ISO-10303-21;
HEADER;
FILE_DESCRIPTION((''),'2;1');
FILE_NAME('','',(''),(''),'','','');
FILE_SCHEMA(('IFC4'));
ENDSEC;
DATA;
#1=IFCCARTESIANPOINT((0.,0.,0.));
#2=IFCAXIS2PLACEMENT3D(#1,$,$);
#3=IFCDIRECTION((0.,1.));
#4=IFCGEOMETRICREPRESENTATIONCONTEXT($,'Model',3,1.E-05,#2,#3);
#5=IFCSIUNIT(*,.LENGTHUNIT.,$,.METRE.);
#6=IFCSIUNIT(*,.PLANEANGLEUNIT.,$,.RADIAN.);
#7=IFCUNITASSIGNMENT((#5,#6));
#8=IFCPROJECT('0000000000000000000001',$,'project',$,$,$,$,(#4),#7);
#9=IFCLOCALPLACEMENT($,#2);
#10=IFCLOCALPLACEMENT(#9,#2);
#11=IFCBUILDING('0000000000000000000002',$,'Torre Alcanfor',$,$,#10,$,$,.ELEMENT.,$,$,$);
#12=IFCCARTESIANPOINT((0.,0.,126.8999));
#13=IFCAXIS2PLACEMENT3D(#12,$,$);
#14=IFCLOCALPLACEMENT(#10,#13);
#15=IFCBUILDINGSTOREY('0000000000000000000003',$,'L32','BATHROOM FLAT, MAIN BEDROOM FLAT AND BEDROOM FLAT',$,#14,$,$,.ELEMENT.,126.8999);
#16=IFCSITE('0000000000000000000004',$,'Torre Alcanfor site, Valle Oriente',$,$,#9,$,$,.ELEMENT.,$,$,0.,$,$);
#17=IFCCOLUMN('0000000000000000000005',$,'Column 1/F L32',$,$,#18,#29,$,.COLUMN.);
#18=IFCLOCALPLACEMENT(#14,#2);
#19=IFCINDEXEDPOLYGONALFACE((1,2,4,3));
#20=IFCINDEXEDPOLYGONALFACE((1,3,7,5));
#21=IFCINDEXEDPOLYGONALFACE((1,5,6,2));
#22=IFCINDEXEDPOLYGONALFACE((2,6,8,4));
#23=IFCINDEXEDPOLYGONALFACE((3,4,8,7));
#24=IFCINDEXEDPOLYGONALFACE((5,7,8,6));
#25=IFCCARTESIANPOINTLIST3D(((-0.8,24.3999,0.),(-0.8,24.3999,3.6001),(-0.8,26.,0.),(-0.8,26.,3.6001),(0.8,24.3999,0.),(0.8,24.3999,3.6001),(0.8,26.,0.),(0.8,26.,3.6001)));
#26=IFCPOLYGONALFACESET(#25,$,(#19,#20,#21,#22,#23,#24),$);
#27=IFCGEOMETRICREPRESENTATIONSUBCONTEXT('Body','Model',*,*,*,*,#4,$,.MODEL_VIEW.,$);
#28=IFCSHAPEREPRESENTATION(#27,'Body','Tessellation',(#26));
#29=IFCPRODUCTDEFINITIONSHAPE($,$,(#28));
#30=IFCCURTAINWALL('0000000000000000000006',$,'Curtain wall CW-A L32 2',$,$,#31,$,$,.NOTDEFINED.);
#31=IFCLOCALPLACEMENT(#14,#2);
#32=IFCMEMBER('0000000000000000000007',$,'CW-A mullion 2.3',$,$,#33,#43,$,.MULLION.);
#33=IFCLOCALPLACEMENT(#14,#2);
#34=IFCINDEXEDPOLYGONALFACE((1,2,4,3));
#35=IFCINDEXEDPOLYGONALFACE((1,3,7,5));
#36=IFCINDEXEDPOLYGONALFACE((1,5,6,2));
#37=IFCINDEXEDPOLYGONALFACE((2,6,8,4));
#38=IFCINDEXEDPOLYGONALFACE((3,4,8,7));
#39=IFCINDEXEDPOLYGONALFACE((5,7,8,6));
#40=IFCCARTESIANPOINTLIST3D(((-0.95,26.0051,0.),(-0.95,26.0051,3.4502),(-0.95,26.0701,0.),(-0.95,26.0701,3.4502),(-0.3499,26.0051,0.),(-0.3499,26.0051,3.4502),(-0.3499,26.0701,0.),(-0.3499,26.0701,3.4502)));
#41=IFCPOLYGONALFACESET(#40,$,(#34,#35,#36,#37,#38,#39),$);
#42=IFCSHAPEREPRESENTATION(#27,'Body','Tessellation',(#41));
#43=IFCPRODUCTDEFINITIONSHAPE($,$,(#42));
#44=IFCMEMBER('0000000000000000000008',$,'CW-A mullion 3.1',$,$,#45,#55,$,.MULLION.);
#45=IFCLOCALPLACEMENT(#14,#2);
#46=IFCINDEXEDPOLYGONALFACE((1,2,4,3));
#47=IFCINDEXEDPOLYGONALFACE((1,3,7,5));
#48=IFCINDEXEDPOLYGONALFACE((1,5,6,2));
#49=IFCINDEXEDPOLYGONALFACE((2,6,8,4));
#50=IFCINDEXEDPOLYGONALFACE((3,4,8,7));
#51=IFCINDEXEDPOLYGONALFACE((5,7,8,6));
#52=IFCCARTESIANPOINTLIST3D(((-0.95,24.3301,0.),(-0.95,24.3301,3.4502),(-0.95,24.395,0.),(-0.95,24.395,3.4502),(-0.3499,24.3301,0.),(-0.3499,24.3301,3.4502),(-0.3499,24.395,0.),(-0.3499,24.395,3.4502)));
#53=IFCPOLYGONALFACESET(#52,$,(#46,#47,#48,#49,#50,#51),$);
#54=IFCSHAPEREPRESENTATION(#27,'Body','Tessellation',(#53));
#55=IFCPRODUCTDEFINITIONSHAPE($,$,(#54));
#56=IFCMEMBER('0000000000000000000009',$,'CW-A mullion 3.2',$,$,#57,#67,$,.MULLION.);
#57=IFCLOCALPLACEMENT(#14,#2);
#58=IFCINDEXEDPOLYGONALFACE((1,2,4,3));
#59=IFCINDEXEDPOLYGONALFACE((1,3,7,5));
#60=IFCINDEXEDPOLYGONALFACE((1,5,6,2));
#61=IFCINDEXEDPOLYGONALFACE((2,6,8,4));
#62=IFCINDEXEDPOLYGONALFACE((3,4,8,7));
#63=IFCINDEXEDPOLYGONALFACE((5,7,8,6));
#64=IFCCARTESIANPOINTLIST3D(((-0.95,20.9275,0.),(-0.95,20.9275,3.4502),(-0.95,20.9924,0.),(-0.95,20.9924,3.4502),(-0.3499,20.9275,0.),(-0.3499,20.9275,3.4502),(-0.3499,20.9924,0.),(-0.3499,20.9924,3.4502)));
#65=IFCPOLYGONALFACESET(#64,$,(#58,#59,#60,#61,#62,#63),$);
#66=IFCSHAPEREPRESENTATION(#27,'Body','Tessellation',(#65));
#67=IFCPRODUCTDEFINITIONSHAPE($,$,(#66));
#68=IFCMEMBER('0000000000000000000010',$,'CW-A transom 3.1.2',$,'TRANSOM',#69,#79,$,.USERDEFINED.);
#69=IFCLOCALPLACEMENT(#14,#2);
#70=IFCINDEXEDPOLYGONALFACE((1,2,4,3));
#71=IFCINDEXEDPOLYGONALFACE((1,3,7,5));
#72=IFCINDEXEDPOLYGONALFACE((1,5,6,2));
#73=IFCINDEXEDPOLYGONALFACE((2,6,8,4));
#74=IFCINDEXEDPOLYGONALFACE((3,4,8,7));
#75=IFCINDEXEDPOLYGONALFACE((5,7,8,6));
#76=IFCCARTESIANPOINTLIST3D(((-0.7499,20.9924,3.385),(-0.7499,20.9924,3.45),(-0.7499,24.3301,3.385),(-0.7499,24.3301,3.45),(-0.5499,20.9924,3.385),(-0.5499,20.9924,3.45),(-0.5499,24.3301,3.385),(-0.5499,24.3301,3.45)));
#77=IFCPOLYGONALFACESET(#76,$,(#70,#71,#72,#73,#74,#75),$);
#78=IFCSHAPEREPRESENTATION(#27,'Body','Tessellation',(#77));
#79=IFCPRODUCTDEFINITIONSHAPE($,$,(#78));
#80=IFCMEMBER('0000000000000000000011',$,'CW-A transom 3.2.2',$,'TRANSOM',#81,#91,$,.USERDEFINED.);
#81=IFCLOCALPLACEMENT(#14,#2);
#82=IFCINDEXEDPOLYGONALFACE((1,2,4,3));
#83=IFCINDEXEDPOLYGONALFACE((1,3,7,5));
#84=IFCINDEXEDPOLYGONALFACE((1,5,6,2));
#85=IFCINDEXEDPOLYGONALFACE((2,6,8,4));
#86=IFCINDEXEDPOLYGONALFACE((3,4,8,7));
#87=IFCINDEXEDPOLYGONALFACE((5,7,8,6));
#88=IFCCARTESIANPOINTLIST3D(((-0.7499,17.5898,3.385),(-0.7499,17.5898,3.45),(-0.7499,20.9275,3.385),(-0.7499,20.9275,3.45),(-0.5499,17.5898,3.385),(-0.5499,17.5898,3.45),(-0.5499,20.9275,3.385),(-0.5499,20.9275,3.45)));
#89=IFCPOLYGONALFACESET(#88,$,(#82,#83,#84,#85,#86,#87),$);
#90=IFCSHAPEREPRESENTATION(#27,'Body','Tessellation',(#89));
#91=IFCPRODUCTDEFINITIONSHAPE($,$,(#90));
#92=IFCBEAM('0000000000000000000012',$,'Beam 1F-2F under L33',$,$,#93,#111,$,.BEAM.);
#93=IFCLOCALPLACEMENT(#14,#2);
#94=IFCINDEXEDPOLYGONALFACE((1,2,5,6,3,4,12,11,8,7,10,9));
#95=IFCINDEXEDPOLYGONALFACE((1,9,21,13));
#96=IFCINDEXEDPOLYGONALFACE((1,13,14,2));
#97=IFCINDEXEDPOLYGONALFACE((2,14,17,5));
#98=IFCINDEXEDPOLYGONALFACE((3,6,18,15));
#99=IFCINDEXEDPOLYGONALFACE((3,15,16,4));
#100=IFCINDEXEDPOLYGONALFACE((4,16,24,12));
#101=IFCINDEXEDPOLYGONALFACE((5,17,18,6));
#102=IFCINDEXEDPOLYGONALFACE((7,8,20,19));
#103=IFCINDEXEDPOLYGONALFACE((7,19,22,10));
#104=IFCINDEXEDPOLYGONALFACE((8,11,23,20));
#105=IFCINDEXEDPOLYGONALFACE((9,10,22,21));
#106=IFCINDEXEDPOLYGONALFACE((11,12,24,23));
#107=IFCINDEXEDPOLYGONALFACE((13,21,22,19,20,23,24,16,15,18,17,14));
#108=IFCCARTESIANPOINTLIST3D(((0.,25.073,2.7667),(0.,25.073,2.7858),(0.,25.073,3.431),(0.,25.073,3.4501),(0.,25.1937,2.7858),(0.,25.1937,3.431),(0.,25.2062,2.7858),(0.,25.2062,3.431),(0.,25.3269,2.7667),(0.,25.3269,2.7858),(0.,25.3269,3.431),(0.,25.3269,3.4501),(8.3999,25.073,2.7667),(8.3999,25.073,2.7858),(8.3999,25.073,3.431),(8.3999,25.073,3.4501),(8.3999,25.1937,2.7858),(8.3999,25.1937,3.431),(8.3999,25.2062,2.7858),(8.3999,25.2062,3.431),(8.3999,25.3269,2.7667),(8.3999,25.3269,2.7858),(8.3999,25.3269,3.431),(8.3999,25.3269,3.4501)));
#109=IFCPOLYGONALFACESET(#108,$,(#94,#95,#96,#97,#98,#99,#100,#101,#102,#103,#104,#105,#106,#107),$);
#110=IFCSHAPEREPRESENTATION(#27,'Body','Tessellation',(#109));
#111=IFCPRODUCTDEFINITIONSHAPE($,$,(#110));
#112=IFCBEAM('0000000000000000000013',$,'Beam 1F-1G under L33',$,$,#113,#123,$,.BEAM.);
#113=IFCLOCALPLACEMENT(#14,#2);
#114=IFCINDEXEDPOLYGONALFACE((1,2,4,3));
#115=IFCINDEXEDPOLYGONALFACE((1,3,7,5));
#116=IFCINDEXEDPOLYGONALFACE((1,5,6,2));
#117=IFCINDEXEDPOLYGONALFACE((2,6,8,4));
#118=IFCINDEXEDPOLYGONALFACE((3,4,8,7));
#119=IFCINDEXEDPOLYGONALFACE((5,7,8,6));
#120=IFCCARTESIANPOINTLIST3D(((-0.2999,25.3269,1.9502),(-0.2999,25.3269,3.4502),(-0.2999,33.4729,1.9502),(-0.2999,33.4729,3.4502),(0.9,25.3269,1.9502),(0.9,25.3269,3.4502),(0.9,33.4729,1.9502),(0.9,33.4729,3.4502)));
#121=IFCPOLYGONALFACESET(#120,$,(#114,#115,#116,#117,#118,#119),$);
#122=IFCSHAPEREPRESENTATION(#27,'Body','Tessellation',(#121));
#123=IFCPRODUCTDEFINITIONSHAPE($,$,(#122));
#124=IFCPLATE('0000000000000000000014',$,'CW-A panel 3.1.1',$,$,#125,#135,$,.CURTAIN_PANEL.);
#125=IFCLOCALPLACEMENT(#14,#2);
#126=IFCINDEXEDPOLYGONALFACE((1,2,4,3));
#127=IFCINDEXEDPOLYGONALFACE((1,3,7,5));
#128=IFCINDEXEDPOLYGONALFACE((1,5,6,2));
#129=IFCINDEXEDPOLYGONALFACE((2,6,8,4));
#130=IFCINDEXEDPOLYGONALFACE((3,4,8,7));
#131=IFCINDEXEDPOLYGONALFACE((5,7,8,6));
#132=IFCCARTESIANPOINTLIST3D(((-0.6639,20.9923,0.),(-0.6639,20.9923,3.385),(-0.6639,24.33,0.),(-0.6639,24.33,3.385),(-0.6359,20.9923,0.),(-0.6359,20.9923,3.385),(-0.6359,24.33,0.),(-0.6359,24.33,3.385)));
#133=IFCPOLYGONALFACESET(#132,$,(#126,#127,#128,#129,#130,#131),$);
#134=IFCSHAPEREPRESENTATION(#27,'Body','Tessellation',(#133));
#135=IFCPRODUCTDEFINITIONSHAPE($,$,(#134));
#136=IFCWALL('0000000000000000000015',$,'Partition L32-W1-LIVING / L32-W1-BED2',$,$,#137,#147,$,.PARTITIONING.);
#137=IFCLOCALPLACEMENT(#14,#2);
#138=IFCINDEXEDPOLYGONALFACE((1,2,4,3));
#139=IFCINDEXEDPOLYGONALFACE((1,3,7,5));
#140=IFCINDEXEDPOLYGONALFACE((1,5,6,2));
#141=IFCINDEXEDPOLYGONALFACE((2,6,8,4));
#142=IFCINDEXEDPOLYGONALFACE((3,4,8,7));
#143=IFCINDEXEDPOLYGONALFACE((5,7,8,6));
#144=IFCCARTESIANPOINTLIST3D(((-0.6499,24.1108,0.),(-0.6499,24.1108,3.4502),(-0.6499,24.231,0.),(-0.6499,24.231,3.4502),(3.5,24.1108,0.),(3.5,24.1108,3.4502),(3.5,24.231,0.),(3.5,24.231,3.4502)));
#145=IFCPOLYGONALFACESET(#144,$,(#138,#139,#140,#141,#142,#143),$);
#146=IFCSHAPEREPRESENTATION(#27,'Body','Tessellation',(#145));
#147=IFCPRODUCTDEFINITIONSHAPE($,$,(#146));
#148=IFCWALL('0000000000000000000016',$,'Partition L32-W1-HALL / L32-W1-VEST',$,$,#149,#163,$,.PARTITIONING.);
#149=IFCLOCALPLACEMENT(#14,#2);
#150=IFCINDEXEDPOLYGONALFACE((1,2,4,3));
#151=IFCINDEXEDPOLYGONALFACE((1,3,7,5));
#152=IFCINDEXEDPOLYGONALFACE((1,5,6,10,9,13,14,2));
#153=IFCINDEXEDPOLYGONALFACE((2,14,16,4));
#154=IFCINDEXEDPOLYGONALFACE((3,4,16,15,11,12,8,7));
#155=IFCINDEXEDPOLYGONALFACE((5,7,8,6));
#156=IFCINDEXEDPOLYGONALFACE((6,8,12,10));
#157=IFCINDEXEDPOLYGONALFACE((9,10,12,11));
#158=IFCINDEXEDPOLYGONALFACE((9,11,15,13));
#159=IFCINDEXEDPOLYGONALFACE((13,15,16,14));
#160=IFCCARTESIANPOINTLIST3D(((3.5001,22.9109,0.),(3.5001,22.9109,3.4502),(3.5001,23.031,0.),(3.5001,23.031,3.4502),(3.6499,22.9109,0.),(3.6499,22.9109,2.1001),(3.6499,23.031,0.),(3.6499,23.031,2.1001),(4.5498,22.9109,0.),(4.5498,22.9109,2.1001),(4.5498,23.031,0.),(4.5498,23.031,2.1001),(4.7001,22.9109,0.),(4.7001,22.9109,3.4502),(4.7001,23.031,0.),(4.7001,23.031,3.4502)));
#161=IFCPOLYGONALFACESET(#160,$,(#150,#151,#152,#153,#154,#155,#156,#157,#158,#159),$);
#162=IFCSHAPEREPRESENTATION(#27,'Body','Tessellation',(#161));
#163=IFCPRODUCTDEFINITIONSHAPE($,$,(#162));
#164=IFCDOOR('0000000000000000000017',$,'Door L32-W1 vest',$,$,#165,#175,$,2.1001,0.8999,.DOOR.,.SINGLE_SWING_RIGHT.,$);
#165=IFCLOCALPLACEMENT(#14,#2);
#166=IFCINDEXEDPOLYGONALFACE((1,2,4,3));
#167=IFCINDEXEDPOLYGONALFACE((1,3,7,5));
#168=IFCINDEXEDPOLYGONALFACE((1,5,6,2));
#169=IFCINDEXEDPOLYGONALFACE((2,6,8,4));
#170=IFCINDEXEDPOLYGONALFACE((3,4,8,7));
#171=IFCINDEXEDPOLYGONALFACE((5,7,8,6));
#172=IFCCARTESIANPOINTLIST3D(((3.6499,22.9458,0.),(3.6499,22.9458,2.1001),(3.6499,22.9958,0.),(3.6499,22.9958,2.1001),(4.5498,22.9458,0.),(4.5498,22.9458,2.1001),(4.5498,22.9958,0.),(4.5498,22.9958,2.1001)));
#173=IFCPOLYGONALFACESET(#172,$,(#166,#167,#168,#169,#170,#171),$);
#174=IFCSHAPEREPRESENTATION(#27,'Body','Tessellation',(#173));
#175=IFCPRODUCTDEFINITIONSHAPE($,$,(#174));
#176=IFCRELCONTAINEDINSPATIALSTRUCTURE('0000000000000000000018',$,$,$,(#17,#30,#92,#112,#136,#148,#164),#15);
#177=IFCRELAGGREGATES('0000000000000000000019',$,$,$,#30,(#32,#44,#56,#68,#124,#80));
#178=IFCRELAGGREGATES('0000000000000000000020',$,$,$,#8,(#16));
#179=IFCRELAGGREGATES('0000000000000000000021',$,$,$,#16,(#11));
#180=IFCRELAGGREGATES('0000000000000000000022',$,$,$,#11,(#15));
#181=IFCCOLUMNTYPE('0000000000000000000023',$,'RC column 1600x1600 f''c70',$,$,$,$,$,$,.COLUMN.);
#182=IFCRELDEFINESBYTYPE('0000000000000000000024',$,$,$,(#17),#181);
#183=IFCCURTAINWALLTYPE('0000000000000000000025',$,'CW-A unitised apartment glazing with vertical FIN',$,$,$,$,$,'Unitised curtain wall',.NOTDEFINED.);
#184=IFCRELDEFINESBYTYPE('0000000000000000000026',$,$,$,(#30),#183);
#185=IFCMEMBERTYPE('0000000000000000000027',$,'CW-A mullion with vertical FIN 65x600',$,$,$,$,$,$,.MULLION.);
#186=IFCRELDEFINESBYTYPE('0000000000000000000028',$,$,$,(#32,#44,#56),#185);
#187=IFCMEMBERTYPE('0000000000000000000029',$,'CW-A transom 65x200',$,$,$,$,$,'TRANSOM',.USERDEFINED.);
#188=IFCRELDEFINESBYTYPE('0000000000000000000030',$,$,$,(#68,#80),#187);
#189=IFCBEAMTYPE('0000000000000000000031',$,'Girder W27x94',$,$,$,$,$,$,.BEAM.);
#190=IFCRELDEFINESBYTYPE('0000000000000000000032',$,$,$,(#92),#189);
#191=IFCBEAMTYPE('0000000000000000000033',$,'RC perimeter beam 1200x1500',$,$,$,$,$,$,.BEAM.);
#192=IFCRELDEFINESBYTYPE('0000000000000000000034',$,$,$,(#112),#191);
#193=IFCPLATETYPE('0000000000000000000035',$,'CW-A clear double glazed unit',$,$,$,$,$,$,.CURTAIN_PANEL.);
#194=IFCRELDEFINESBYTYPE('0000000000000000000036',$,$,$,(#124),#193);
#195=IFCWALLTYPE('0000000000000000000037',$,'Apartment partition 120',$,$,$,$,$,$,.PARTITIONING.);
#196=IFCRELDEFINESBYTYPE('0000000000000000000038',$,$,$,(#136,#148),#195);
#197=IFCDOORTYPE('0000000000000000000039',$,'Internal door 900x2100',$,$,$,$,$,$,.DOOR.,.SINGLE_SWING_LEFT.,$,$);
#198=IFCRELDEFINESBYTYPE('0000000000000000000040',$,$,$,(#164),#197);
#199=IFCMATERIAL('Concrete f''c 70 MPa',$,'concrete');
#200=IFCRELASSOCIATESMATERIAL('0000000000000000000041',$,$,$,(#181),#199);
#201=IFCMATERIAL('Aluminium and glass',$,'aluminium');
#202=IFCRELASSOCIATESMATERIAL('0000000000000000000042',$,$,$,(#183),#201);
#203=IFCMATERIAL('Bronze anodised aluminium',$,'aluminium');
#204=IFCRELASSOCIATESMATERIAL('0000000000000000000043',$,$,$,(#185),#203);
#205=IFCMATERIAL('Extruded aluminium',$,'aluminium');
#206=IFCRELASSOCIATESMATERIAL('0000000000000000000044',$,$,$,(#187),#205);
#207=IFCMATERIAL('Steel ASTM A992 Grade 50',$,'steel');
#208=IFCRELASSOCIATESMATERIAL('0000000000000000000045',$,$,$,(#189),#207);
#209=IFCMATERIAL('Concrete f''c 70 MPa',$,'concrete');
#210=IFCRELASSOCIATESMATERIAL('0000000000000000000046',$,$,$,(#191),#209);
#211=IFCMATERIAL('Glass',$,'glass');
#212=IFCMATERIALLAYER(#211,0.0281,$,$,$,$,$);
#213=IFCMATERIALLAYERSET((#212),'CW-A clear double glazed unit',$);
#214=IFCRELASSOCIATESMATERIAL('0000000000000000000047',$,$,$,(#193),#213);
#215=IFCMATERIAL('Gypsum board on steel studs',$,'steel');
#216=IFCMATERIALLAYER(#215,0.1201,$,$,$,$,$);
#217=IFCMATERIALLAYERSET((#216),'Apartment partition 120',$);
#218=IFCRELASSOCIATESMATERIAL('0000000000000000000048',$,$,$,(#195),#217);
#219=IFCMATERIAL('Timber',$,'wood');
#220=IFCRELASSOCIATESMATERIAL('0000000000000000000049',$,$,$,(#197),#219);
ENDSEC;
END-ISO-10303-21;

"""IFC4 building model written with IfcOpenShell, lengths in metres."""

from ifc_helpers import new_model, si_unit, direction, frame, frame_2d, origin, origin_2d, place, context, subcontext, project, spatial, rectangle, i_section, extrude, material, layer, layer_set, material_profile, profile_set, type_object, element, fill, aggregate, save


model = new_model("IFC4")

# Units and contexts
model_context = context("Model", 3, precision=1e-05, world=origin(), true_north=direction((0.0, 1.0)))
body_context = subcontext(model_context, "Body", "Model", "MODEL_VIEW")
ifc_project = project(units=[si_unit("LENGTHUNIT", "METRE"), si_unit("PLANEANGLEUNIT", "RADIAN")], contexts=[model_context])

# Site, building, storey
site_placement = place(None, origin())
site = spatial("IfcSite", under=ifc_project, at=site_placement, Name="Torre Alcanfor site, Valle Oriente", CompositionType="ELEMENT", RefElevation=0.0)
building_placement = place(site_placement, origin())
building = spatial("IfcBuilding", under=site, at=building_placement, Name="Torre Alcanfor", CompositionType="ELEMENT")
storey_placement = place(building_placement, frame((0.0, 0.0, 126.8999)))
storey = spatial("IfcBuildingStorey", under=building, at=storey_placement, Name="L32", Description="BATHROOM FLAT, MAIN BEDROOM FLAT AND BEDROOM FLAT", CompositionType="ELEMENT", Elevation=126.8999)

# Column
ifc_material_1 = material(Name="Concrete f'c 70 MPa", Category="concrete")
ifc_material_profile_1 = material_profile(ifc_material_1, rectangle(XDim=1.6001, YDim=1.6001, at=origin_2d()), Name="1600x1600")
ifc_profile_set_1 = profile_set([ifc_material_profile_1], Name="Concrete f'c 70 MPa")
column_type = type_object("IfcColumnType", Name="RC column 1600x1600 f'c70", PredefinedType="COLUMN", material=ifc_profile_set_1)
column_placement = place(storey_placement, frame((0.0, 25.2, 0.0), z_axis=(0.0, 0.0, 1.0), x_axis=(1.0, 0.0, 0.0)))
element("IfcColumn", 1, at=column_placement, inside=storey, type_object=column_type, Name="Column 1/F L32", PredefinedType="COLUMN", context=body_context, shape_type="SweptSolid", body=[
    extrude(rectangle(XDim=1.6001, YDim=1.6001, at=origin_2d()), origin(), (0.0, 0.0, 1.0), 3.6001),
])

# Curtain wall, members
ifc_material_2 = material(Name="Aluminium and glass", Category="aluminium")
curtain_wall_type = type_object("IfcCurtainWallType", Name="CW-A unitised apartment glazing with vertical FIN", ElementType="Unitised curtain wall", PredefinedType="NOTDEFINED", material=ifc_material_2)
curtain_wall_placement = place(storey_placement, origin())
curtain_wall = element("IfcCurtainWall", 2, at=curtain_wall_placement, inside=storey, type_object=curtain_wall_type, Name="Curtain wall CW-A L32 2", PredefinedType="NOTDEFINED")
ifc_material_3 = material(Name="Bronze anodised aluminium", Category="aluminium")
ifc_material_profile_2 = material_profile(ifc_material_3, rectangle(XDim=0.6001, YDim=0.0649, at=origin_2d()), Name="CW-A mullion 65x600")
ifc_profile_set_2 = profile_set([ifc_material_profile_2], Name="Bronze anodised aluminium")
member_type_1 = type_object("IfcMemberType", Name="CW-A mullion with vertical FIN 65x600", PredefinedType="MULLION", material=ifc_profile_set_2)
member_1_placement = place(storey_placement, frame((-0.6499, 26.0376, 0.0), z_axis=(0.0, 0.0, 1.0), x_axis=(1.0, 0.0, 0.0)))
member_1 = element("IfcMember", 3, at=member_1_placement, type_object=member_type_1, Name="CW-A mullion 2.3", PredefinedType="MULLION", context=body_context, shape_type="SweptSolid", body=[
    extrude(rectangle(XDim=0.6001, YDim=0.0649, at=origin_2d()), origin(), (0.0, 0.0, 1.0), 3.4502),
])
member_2_placement = place(storey_placement, frame((-0.6499, 24.3625, 0.0), z_axis=(0.0, 0.0, 1.0), x_axis=(1.0, 0.0, 0.0)))
member_2 = element("IfcMember", 4, at=member_2_placement, type_object=member_type_1, Name="CW-A mullion 3.1", PredefinedType="MULLION", context=body_context, shape_type="SweptSolid", body=[
    extrude(rectangle(XDim=0.6001, YDim=0.0649, at=origin_2d()), origin(), (0.0, 0.0, 1.0), 3.4502),
])
member_3_placement = place(storey_placement, frame((-0.6499, 20.96, 0.0), z_axis=(0.0, 0.0, 1.0), x_axis=(1.0, 0.0, 0.0)))
member_3 = element("IfcMember", 5, at=member_3_placement, type_object=member_type_1, Name="CW-A mullion 3.2", PredefinedType="MULLION", context=body_context, shape_type="SweptSolid", body=[
    extrude(rectangle(XDim=0.6001, YDim=0.0649, at=origin_2d()), origin(), (0.0, 0.0, 1.0), 3.4502),
])
ifc_material_4 = material(Name="Extruded aluminium", Category="aluminium")
ifc_material_profile_3 = material_profile(ifc_material_4, rectangle(XDim=0.2, YDim=0.0649, at=origin_2d()), Name="CW-A transom 200x65")
ifc_profile_set_3 = profile_set([ifc_material_profile_3], Name="Extruded aluminium")
member_type_2 = type_object("IfcMemberType", Name="CW-A transom 65x200", ElementType="TRANSOM", PredefinedType="USERDEFINED", material=ifc_profile_set_3)
member_4_placement = place(storey_placement, frame((-0.6499, 24.3301, 3.4175), z_axis=(0.0, -1.0, 0.0), x_axis=(1.0, 0.0, 0.0)))
member_4 = element("IfcMember", 6, at=member_4_placement, type_object=member_type_2, Name="CW-A transom 3.1.2", ObjectType="TRANSOM", PredefinedType="USERDEFINED", context=body_context, shape_type="SweptSolid", body=[
    extrude(rectangle(XDim=0.2, YDim=0.0649, at=origin_2d()), origin(), (0.0, 0.0, 1.0), 3.3376),
])
member_5_placement = place(storey_placement, frame((-0.6499, 20.9275, 3.4175), z_axis=(0.0, -1.0, 0.0), x_axis=(1.0, 0.0, 0.0)))
member_5 = element("IfcMember", 7, at=member_5_placement, type_object=member_type_2, Name="CW-A transom 3.2.2", ObjectType="TRANSOM", PredefinedType="USERDEFINED", context=body_context, shape_type="SweptSolid", body=[
    extrude(rectangle(XDim=0.2, YDim=0.0649, at=origin_2d()), origin(), (0.0, 0.0, 1.0), 3.3376),
])

# Beams
ifc_material_5 = material(Name="Steel ASTM A992 Grade 50", Category="steel")
ifc_material_profile_4 = material_profile(ifc_material_5, i_section(OverallWidth=0.2539, OverallDepth=0.6833, WebThickness=0.0125, FlangeThickness=0.019, at=origin_2d()), Name="W27x94")
ifc_profile_set_4 = profile_set([ifc_material_profile_4], Name="Steel ASTM A992 Grade 50")
beam_type_1 = type_object("IfcBeamType", Name="Girder W27x94", PredefinedType="BEAM", material=ifc_profile_set_4)
beam_1_placement = place(storey_placement, frame((0.0, 25.2, 3.1084), z_axis=(1.0, 0.0, 0.0), x_axis=(0.0, 1.0, 0.0)))
element("IfcBeam", 8, at=beam_1_placement, inside=storey, type_object=beam_type_1, Name="Beam 1F-2F under L33", PredefinedType="BEAM", context=body_context, shape_type="SweptSolid", body=[
    extrude(i_section(OverallWidth=0.2539, OverallDepth=0.6833, WebThickness=0.0125, FlangeThickness=0.019, at=origin_2d()), origin(), (0.0, 0.0, 1.0), 8.3999),
])
ifc_material_6 = material(Name="Concrete f'c 70 MPa", Category="concrete")
ifc_material_profile_5 = material_profile(ifc_material_6, rectangle(XDim=1.2, YDim=1.5, at=origin_2d()), Name="1200x1500")
ifc_profile_set_5 = profile_set([ifc_material_profile_5], Name="Concrete f'c 70 MPa")
beam_type_2 = type_object("IfcBeamType", Name="RC perimeter beam 1200x1500", PredefinedType="BEAM", material=ifc_profile_set_5)
beam_2_placement = place(storey_placement, frame((0.3, 25.3269, 2.7002), z_axis=(0.0, 1.0, 0.0), x_axis=(-1.0, 0.0, 0.0)))
element("IfcBeam", 9, at=beam_2_placement, inside=storey, type_object=beam_type_2, Name="Beam 1F-1G under L33", PredefinedType="BEAM", context=body_context, shape_type="SweptSolid", body=[
    extrude(rectangle(XDim=1.2, YDim=1.5, at=origin_2d()), origin(), (0.0, 0.0, 1.0), 8.146),
])

# Plate
ifc_material_7 = material(Name="Glass", Category="glass")
ifc_layer_1 = layer(ifc_material_7, 0.0281)
ifc_layer_set_1 = layer_set([ifc_layer_1], Name="CW-A clear double glazed unit")
plate_type = type_object("IfcPlateType", Name="CW-A clear double glazed unit", PredefinedType="CURTAIN_PANEL", material=ifc_layer_set_1)
plate_placement = place(storey_placement, frame((-0.6499, 22.6611, 0.0), z_axis=(0.0, 0.0, 1.0), x_axis=(0.0, -1.0, 0.0)))
plate = element("IfcPlate", 10, at=plate_placement, type_object=plate_type, Name="CW-A panel 3.1.1", PredefinedType="CURTAIN_PANEL", context=body_context, shape_type="SweptSolid", body=[
    extrude(rectangle(XDim=3.3376, YDim=0.0281, at=origin_2d()), origin(), (0.0, 0.0, 1.0), 3.385),
])
aggregate(curtain_wall, [member_1, member_2, member_3, member_4, plate, member_5])

# Wall
ifc_material_8 = material(Name="Gypsum board on steel studs", Category="steel")
ifc_layer_2 = layer(ifc_material_8, 0.1201)
ifc_layer_set_2 = layer_set([ifc_layer_2], Name="Apartment partition 120")
wall_type = type_object("IfcWallType", Name="Apartment partition 120", PredefinedType="PARTITIONING", material=ifc_layer_set_2)
wall_1_placement = place(storey_placement, frame((-0.6499, 24.1709, 0.0), z_axis=(0.0, 0.0, 1.0), x_axis=(1.0, 0.0, 0.0)))
element("IfcWall", 11, at=wall_1_placement, inside=storey, type_object=wall_type, Name="Partition L32-W1-LIVING / L32-W1-BED2", PredefinedType="PARTITIONING", context=body_context, shape_type="SweptSolid", body=[
    extrude(rectangle(XDim=4.1499, YDim=0.1201, at=frame_2d((2.075, 0.0))), origin(), (0.0, 0.0, 1.0), 3.4502),
])

# Wall, opening, door
wall_2_placement = place(storey_placement, frame((3.5, 22.9709, 0.0), z_axis=(0.0, 0.0, 1.0), x_axis=(1.0, 0.0, 0.0)))
wall_2 = element("IfcWall", 12, at=wall_2_placement, inside=storey, type_object=wall_type, Name="Partition L32-W1-HALL / L32-W1-VEST", PredefinedType="PARTITIONING", context=body_context, shape_type="SweptSolid", body=[
    extrude(rectangle(XDim=1.2, YDim=0.1201, at=frame_2d((0.6001, 0.0))), origin(), (0.0, 0.0, 1.0), 3.4502),
])
opening_1_placement = place(wall_2_placement, frame((0.1499, 0.0, 0.0)))
opening_1 = element("IfcOpeningElement", 13, at=opening_1_placement, cuts=wall_2, PredefinedType="OPENING", context=body_context, shape_type="SweptSolid", body=[
    extrude(rectangle(XDim=0.8999, YDim=2.1001, at=frame_2d((0.45, 1.05))), frame((0.0, 0.0701, 0.0), z_axis=(0.0, -1.0, 0.0), x_axis=(1.0, 0.0, 0.0)), (0.0, 0.0, 1.0), 0.1401),
])
ifc_material_9 = material(Name="Timber", Category="wood")
door_type = type_object("IfcDoorType", Name="Internal door 900x2100", OperationType="SINGLE_SWING_LEFT", PredefinedType="DOOR", material=ifc_material_9)
door_1_placement = place(opening_1_placement, frame((0.8999, 0.0, 0.0), z_axis=(0.0, 0.0, 1.0), x_axis=(-1.0, 0.0, 0.0)))
door_1 = element("IfcDoor", 14, at=door_1_placement, inside=storey, type_object=door_type, Name="Door L32-W1 vest", OperationType="SINGLE_SWING_RIGHT", OverallHeight=2.1001, OverallWidth=0.8999, PredefinedType="DOOR", context=body_context, shape_type="SweptSolid", body=[
    extrude(rectangle(XDim=0.8999, YDim=2.1001, at=frame_2d((0.45, 1.05))), frame((0.0, 0.0251, 0.0), z_axis=(0.0, -1.0, 0.0), x_axis=(1.0, 0.0, 0.0)), (0.0, 0.0, 1.0), 0.05),
])
fill(opening_1, door_1)

save(model, "model.ifc")
